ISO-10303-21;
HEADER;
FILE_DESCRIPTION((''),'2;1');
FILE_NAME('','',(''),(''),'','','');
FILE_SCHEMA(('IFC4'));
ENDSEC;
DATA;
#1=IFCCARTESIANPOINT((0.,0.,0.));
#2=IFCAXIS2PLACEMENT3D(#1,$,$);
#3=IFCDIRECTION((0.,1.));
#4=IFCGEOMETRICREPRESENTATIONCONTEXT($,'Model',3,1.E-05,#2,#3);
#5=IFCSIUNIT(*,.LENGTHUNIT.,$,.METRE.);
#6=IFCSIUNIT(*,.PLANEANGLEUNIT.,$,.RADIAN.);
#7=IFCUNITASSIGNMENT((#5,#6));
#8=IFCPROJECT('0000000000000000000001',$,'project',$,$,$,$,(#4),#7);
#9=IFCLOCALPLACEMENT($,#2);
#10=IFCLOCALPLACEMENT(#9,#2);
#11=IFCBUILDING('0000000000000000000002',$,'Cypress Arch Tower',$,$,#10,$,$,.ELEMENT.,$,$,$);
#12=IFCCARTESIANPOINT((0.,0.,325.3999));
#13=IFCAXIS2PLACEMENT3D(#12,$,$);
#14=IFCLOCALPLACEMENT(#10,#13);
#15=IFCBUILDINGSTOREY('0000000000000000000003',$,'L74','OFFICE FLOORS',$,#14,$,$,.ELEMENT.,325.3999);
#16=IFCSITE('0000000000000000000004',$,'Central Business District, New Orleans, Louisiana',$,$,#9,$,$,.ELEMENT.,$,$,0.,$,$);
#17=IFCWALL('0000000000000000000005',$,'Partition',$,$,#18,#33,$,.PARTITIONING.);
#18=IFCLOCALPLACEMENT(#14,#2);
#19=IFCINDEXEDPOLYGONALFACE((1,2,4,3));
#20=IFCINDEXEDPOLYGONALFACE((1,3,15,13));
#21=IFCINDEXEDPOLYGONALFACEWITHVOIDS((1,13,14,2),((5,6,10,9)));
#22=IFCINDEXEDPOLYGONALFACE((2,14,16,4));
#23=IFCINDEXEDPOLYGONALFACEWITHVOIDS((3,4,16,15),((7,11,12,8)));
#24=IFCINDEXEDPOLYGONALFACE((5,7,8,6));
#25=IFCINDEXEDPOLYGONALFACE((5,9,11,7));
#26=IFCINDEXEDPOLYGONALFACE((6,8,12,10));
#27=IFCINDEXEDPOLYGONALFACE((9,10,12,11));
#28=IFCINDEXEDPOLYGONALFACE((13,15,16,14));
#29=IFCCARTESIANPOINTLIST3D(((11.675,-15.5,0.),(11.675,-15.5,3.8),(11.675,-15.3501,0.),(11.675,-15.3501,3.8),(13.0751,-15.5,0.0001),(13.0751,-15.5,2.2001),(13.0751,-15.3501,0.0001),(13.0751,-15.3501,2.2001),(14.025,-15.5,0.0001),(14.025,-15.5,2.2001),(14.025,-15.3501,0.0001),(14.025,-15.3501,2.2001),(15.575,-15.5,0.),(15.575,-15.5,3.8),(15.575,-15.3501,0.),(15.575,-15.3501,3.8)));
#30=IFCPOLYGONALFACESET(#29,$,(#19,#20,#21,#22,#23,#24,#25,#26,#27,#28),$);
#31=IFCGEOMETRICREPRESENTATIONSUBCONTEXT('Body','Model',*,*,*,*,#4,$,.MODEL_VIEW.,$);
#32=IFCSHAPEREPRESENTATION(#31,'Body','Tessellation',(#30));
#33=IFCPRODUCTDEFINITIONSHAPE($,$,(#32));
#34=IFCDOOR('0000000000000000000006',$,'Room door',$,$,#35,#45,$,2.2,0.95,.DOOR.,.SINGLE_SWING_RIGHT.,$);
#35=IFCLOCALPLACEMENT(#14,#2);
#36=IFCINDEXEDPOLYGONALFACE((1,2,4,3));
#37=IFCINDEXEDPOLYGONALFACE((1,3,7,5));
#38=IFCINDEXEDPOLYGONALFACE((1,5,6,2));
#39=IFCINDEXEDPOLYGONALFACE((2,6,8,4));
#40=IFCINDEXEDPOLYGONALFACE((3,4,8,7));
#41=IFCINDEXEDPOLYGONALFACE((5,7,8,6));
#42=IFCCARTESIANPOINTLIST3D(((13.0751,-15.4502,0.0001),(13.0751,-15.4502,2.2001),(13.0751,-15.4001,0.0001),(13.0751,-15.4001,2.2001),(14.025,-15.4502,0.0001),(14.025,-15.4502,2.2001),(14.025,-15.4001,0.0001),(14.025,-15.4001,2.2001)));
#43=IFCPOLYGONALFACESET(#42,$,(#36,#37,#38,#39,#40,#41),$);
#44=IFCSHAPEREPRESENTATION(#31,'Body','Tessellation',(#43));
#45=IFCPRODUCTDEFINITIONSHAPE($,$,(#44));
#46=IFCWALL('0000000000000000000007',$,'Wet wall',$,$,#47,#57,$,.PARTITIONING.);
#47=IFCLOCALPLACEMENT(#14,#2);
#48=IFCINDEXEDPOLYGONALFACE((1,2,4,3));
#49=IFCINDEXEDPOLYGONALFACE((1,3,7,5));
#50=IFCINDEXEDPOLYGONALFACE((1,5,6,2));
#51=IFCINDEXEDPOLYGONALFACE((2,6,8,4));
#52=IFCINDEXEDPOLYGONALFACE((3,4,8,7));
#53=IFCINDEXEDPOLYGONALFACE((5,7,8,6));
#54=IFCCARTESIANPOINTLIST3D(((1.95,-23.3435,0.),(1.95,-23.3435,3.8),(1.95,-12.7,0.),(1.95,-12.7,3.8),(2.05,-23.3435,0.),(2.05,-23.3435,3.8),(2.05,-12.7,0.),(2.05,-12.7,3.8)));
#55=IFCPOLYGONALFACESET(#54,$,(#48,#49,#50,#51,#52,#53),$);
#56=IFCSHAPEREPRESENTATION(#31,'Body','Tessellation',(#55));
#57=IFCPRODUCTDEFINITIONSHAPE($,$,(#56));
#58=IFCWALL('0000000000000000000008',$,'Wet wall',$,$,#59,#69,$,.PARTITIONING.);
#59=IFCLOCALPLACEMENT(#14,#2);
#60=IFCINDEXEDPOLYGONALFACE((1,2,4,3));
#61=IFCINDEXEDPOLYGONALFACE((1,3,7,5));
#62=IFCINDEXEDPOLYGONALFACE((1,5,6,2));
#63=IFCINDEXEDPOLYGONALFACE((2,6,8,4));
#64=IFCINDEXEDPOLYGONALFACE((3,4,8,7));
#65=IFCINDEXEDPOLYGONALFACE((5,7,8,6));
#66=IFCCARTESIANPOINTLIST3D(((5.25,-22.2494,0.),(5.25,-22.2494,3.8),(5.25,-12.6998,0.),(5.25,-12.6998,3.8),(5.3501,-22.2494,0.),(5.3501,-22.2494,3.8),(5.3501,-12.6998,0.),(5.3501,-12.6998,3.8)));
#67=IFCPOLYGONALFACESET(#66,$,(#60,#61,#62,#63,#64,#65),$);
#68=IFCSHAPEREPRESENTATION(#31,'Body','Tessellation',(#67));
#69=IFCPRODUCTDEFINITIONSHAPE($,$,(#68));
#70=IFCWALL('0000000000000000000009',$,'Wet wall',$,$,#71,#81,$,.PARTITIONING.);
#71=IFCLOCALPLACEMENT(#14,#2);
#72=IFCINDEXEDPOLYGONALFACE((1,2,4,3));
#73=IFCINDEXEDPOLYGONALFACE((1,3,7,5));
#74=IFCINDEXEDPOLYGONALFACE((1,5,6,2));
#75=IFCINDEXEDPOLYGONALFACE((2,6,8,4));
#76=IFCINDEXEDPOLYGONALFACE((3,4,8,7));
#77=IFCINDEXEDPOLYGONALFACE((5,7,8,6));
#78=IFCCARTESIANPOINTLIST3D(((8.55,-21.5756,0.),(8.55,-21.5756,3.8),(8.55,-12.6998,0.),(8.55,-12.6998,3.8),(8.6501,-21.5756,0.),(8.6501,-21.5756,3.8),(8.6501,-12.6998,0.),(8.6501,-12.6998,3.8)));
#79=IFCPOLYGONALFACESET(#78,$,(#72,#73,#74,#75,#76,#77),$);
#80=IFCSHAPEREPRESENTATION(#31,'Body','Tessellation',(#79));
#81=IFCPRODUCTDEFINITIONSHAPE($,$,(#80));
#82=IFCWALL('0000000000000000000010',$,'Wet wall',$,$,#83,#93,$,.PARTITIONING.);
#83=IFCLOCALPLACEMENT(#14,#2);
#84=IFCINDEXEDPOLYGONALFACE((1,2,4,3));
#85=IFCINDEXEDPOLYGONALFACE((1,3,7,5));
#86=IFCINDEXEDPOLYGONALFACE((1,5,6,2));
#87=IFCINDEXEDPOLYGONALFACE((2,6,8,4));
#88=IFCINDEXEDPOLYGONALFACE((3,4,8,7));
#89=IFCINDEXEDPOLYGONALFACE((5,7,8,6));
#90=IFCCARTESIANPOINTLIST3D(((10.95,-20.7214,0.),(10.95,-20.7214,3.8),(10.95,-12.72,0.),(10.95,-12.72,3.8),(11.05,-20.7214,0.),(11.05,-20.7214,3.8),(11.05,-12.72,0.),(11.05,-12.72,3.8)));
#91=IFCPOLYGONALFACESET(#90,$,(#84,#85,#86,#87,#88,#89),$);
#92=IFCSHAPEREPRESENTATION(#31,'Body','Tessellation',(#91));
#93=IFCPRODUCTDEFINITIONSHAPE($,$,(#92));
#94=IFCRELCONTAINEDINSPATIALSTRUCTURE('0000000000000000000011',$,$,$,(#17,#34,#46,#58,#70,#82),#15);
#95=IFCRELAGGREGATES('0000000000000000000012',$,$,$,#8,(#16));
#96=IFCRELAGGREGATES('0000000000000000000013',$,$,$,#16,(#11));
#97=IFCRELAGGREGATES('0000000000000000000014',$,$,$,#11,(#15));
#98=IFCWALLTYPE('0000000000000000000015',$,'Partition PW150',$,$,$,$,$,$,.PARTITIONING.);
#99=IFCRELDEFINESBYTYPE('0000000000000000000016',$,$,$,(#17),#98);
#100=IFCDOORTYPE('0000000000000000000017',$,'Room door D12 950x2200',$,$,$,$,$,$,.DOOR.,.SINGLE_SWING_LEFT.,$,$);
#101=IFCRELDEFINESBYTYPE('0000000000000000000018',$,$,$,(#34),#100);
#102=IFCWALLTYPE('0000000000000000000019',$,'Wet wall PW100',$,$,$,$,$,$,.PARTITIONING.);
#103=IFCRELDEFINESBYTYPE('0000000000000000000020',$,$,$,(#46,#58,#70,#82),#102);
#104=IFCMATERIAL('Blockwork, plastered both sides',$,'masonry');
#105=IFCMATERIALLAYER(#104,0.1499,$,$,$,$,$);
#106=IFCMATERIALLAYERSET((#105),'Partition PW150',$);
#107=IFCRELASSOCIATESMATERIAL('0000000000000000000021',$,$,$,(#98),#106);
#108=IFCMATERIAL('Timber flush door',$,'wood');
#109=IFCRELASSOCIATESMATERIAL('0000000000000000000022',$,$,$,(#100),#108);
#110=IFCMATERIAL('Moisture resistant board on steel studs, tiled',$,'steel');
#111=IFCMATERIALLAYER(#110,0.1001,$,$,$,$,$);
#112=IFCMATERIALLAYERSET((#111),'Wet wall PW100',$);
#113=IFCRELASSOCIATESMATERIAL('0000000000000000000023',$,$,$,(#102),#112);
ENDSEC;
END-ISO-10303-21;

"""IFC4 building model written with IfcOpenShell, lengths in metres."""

from ifc_helpers import new_model, si_unit, direction, frame, frame_2d, origin, place, context, subcontext, project, spatial, rectangle, extrude, material, layer, layer_set, type_object, element, fill, save


model = new_model("IFC4")

# Units and contexts
model_context = context("Model", 3, precision=1e-05, world=origin(), true_north=direction((0.0, 1.0)))
body_context = subcontext(model_context, "Body", "Model", "MODEL_VIEW")
ifc_project = project(units=[si_unit("LENGTHUNIT", "METRE"), si_unit("PLANEANGLEUNIT", "RADIAN")], contexts=[model_context])

# Site, building, storey
site_placement = place(None, origin())
site = spatial("IfcSite", under=ifc_project, at=site_placement, Name="Central Business District, New Orleans, Louisiana", CompositionType="ELEMENT", RefElevation=0.0)
building_placement = place(site_placement, origin())
building = spatial("IfcBuilding", under=site, at=building_placement, Name="Cypress Arch Tower", CompositionType="ELEMENT")
storey_placement = place(building_placement, frame((0.0, 0.0, 325.3999)))
storey = spatial("IfcBuildingStorey", under=building, at=storey_placement, Name="L74", Description="OFFICE FLOORS", CompositionType="ELEMENT", Elevation=325.3999)

# Shared definitions
ifc_material_1 = material(Name="Blockwork, plastered both sides", Category="masonry")
ifc_layer_1 = layer(ifc_material_1, 0.1499)
ifc_layer_set_1 = layer_set([ifc_layer_1], Name="Partition PW150")
wall_type_1 = type_object("IfcWallType", Name="Partition PW150", PredefinedType="PARTITIONING", material=ifc_layer_set_1)

# Wall, opening, door
wall_1_placement = place(storey_placement, frame((11.675, -15.425, 0.0), z_axis=(0.0, 0.0, 1.0), x_axis=(1.0, 0.0, 0.0)))
wall_1 = element("IfcWall", 1, at=wall_1_placement, inside=storey, type_object=wall_type_1, Name="Partition", PredefinedType="PARTITIONING", context=body_context, shape_type="SweptSolid", body=[
    extrude(rectangle(XDim=3.8999, YDim=0.1499, at=frame_2d((1.95, 0.0))), origin(), (0.0, 0.0, 1.0), 3.8),
])
opening_1_placement = place(wall_1_placement, frame((1.3999, 0.0, 0.0)))
opening_1 = element("IfcOpeningElement", 2, at=opening_1_placement, cuts=wall_1, PredefinedType="OPENING", context=body_context, shape_type="SweptSolid", body=[
    extrude(rectangle(XDim=0.95, YDim=2.2, at=frame_2d((0.4751, 1.1001))), frame((0.0, 0.085, 0.0), z_axis=(0.0, -1.0, 0.0), x_axis=(1.0, 0.0, 0.0)), (0.0, 0.0, 1.0), 0.1699),
])
ifc_material_2 = material(Name="Timber flush door", Category="wood")
door_type_1 = type_object("IfcDoorType", Name="Room door D12 950x2200", OperationType="SINGLE_SWING_LEFT", PredefinedType="DOOR", material=ifc_material_2)
door_1_placement = place(opening_1_placement, origin())
door_1 = element("IfcDoor", 3, at=door_1_placement, inside=storey, type_object=door_type_1, Name="Room door", OperationType="SINGLE_SWING_RIGHT", OverallHeight=2.2, OverallWidth=0.95, PredefinedType="DOOR", context=body_context, shape_type="SweptSolid", body=[
    extrude(rectangle(XDim=0.95, YDim=2.2, at=frame_2d((0.4751, 1.1001))), frame((0.0, 0.0249, 0.0), z_axis=(0.0, -1.0, 0.0), x_axis=(1.0, 0.0, 0.0)), (0.0, 0.0, 1.0), 0.05),
])
fill(opening_1, door_1)

# Walls
ifc_material_3 = material(Name="Moisture resistant board on steel studs, tiled", Category="steel")
ifc_layer_2 = layer(ifc_material_3, 0.1001)
ifc_layer_set_2 = layer_set([ifc_layer_2], Name="Wet wall PW100")
wall_type_2 = type_object("IfcWallType", Name="Wet wall PW100", PredefinedType="PARTITIONING", material=ifc_layer_set_2)
wall_2_placement = place(storey_placement, frame((2.0, -23.3435, 0.0), z_axis=(0.0, 0.0, 1.0), x_axis=(0.0, 1.0, 0.0)))
element("IfcWall", 4, at=wall_2_placement, inside=storey, type_object=wall_type_2, Name="Wet wall", PredefinedType="PARTITIONING", context=body_context, shape_type="SweptSolid", body=[
    extrude(rectangle(XDim=10.6436, YDim=0.1001, at=frame_2d((5.3218, 0.0))), origin(), (0.0, 0.0, 1.0), 3.8),
])
wall_3_placement = place(storey_placement, frame((5.3, -22.2495, 0.0), z_axis=(0.0, 0.0, 1.0), x_axis=(0.0, 1.0, 0.0)))
element("IfcWall", 5, at=wall_3_placement, inside=storey, type_object=wall_type_2, Name="Wet wall", PredefinedType="PARTITIONING", context=body_context, shape_type="SweptSolid", body=[
    extrude(rectangle(XDim=9.5496, YDim=0.1001, at=frame_2d((4.7749, 0.0))), origin(), (0.0, 0.0, 1.0), 3.8),
])
wall_4_placement = place(storey_placement, frame((8.6001, -21.5757, 0.0), z_axis=(0.0, 0.0, 1.0), x_axis=(0.0, 1.0, 0.0)))
element("IfcWall", 6, at=wall_4_placement, inside=storey, type_object=wall_type_2, Name="Wet wall", PredefinedType="PARTITIONING", context=body_context, shape_type="SweptSolid", body=[
    extrude(rectangle(XDim=8.8757, YDim=0.1001, at=frame_2d((4.438, 0.0))), origin(), (0.0, 0.0, 1.0), 3.8),
])
wall_5_placement = place(storey_placement, frame((11.0, -20.7214, 0.0), z_axis=(0.0, 0.0, 1.0), x_axis=(0.0, 1.0, 0.0)))
element("IfcWall", 7, at=wall_5_placement, inside=storey, type_object=wall_type_2, Name="Wet wall", PredefinedType="PARTITIONING", context=body_context, shape_type="SweptSolid", body=[
    extrude(rectangle(XDim=8.0015, YDim=0.1001, at=frame_2d((4.0007, 0.0))), origin(), (0.0, 0.0, 1.0), 3.8),
])

save(model, "model.ifc")
